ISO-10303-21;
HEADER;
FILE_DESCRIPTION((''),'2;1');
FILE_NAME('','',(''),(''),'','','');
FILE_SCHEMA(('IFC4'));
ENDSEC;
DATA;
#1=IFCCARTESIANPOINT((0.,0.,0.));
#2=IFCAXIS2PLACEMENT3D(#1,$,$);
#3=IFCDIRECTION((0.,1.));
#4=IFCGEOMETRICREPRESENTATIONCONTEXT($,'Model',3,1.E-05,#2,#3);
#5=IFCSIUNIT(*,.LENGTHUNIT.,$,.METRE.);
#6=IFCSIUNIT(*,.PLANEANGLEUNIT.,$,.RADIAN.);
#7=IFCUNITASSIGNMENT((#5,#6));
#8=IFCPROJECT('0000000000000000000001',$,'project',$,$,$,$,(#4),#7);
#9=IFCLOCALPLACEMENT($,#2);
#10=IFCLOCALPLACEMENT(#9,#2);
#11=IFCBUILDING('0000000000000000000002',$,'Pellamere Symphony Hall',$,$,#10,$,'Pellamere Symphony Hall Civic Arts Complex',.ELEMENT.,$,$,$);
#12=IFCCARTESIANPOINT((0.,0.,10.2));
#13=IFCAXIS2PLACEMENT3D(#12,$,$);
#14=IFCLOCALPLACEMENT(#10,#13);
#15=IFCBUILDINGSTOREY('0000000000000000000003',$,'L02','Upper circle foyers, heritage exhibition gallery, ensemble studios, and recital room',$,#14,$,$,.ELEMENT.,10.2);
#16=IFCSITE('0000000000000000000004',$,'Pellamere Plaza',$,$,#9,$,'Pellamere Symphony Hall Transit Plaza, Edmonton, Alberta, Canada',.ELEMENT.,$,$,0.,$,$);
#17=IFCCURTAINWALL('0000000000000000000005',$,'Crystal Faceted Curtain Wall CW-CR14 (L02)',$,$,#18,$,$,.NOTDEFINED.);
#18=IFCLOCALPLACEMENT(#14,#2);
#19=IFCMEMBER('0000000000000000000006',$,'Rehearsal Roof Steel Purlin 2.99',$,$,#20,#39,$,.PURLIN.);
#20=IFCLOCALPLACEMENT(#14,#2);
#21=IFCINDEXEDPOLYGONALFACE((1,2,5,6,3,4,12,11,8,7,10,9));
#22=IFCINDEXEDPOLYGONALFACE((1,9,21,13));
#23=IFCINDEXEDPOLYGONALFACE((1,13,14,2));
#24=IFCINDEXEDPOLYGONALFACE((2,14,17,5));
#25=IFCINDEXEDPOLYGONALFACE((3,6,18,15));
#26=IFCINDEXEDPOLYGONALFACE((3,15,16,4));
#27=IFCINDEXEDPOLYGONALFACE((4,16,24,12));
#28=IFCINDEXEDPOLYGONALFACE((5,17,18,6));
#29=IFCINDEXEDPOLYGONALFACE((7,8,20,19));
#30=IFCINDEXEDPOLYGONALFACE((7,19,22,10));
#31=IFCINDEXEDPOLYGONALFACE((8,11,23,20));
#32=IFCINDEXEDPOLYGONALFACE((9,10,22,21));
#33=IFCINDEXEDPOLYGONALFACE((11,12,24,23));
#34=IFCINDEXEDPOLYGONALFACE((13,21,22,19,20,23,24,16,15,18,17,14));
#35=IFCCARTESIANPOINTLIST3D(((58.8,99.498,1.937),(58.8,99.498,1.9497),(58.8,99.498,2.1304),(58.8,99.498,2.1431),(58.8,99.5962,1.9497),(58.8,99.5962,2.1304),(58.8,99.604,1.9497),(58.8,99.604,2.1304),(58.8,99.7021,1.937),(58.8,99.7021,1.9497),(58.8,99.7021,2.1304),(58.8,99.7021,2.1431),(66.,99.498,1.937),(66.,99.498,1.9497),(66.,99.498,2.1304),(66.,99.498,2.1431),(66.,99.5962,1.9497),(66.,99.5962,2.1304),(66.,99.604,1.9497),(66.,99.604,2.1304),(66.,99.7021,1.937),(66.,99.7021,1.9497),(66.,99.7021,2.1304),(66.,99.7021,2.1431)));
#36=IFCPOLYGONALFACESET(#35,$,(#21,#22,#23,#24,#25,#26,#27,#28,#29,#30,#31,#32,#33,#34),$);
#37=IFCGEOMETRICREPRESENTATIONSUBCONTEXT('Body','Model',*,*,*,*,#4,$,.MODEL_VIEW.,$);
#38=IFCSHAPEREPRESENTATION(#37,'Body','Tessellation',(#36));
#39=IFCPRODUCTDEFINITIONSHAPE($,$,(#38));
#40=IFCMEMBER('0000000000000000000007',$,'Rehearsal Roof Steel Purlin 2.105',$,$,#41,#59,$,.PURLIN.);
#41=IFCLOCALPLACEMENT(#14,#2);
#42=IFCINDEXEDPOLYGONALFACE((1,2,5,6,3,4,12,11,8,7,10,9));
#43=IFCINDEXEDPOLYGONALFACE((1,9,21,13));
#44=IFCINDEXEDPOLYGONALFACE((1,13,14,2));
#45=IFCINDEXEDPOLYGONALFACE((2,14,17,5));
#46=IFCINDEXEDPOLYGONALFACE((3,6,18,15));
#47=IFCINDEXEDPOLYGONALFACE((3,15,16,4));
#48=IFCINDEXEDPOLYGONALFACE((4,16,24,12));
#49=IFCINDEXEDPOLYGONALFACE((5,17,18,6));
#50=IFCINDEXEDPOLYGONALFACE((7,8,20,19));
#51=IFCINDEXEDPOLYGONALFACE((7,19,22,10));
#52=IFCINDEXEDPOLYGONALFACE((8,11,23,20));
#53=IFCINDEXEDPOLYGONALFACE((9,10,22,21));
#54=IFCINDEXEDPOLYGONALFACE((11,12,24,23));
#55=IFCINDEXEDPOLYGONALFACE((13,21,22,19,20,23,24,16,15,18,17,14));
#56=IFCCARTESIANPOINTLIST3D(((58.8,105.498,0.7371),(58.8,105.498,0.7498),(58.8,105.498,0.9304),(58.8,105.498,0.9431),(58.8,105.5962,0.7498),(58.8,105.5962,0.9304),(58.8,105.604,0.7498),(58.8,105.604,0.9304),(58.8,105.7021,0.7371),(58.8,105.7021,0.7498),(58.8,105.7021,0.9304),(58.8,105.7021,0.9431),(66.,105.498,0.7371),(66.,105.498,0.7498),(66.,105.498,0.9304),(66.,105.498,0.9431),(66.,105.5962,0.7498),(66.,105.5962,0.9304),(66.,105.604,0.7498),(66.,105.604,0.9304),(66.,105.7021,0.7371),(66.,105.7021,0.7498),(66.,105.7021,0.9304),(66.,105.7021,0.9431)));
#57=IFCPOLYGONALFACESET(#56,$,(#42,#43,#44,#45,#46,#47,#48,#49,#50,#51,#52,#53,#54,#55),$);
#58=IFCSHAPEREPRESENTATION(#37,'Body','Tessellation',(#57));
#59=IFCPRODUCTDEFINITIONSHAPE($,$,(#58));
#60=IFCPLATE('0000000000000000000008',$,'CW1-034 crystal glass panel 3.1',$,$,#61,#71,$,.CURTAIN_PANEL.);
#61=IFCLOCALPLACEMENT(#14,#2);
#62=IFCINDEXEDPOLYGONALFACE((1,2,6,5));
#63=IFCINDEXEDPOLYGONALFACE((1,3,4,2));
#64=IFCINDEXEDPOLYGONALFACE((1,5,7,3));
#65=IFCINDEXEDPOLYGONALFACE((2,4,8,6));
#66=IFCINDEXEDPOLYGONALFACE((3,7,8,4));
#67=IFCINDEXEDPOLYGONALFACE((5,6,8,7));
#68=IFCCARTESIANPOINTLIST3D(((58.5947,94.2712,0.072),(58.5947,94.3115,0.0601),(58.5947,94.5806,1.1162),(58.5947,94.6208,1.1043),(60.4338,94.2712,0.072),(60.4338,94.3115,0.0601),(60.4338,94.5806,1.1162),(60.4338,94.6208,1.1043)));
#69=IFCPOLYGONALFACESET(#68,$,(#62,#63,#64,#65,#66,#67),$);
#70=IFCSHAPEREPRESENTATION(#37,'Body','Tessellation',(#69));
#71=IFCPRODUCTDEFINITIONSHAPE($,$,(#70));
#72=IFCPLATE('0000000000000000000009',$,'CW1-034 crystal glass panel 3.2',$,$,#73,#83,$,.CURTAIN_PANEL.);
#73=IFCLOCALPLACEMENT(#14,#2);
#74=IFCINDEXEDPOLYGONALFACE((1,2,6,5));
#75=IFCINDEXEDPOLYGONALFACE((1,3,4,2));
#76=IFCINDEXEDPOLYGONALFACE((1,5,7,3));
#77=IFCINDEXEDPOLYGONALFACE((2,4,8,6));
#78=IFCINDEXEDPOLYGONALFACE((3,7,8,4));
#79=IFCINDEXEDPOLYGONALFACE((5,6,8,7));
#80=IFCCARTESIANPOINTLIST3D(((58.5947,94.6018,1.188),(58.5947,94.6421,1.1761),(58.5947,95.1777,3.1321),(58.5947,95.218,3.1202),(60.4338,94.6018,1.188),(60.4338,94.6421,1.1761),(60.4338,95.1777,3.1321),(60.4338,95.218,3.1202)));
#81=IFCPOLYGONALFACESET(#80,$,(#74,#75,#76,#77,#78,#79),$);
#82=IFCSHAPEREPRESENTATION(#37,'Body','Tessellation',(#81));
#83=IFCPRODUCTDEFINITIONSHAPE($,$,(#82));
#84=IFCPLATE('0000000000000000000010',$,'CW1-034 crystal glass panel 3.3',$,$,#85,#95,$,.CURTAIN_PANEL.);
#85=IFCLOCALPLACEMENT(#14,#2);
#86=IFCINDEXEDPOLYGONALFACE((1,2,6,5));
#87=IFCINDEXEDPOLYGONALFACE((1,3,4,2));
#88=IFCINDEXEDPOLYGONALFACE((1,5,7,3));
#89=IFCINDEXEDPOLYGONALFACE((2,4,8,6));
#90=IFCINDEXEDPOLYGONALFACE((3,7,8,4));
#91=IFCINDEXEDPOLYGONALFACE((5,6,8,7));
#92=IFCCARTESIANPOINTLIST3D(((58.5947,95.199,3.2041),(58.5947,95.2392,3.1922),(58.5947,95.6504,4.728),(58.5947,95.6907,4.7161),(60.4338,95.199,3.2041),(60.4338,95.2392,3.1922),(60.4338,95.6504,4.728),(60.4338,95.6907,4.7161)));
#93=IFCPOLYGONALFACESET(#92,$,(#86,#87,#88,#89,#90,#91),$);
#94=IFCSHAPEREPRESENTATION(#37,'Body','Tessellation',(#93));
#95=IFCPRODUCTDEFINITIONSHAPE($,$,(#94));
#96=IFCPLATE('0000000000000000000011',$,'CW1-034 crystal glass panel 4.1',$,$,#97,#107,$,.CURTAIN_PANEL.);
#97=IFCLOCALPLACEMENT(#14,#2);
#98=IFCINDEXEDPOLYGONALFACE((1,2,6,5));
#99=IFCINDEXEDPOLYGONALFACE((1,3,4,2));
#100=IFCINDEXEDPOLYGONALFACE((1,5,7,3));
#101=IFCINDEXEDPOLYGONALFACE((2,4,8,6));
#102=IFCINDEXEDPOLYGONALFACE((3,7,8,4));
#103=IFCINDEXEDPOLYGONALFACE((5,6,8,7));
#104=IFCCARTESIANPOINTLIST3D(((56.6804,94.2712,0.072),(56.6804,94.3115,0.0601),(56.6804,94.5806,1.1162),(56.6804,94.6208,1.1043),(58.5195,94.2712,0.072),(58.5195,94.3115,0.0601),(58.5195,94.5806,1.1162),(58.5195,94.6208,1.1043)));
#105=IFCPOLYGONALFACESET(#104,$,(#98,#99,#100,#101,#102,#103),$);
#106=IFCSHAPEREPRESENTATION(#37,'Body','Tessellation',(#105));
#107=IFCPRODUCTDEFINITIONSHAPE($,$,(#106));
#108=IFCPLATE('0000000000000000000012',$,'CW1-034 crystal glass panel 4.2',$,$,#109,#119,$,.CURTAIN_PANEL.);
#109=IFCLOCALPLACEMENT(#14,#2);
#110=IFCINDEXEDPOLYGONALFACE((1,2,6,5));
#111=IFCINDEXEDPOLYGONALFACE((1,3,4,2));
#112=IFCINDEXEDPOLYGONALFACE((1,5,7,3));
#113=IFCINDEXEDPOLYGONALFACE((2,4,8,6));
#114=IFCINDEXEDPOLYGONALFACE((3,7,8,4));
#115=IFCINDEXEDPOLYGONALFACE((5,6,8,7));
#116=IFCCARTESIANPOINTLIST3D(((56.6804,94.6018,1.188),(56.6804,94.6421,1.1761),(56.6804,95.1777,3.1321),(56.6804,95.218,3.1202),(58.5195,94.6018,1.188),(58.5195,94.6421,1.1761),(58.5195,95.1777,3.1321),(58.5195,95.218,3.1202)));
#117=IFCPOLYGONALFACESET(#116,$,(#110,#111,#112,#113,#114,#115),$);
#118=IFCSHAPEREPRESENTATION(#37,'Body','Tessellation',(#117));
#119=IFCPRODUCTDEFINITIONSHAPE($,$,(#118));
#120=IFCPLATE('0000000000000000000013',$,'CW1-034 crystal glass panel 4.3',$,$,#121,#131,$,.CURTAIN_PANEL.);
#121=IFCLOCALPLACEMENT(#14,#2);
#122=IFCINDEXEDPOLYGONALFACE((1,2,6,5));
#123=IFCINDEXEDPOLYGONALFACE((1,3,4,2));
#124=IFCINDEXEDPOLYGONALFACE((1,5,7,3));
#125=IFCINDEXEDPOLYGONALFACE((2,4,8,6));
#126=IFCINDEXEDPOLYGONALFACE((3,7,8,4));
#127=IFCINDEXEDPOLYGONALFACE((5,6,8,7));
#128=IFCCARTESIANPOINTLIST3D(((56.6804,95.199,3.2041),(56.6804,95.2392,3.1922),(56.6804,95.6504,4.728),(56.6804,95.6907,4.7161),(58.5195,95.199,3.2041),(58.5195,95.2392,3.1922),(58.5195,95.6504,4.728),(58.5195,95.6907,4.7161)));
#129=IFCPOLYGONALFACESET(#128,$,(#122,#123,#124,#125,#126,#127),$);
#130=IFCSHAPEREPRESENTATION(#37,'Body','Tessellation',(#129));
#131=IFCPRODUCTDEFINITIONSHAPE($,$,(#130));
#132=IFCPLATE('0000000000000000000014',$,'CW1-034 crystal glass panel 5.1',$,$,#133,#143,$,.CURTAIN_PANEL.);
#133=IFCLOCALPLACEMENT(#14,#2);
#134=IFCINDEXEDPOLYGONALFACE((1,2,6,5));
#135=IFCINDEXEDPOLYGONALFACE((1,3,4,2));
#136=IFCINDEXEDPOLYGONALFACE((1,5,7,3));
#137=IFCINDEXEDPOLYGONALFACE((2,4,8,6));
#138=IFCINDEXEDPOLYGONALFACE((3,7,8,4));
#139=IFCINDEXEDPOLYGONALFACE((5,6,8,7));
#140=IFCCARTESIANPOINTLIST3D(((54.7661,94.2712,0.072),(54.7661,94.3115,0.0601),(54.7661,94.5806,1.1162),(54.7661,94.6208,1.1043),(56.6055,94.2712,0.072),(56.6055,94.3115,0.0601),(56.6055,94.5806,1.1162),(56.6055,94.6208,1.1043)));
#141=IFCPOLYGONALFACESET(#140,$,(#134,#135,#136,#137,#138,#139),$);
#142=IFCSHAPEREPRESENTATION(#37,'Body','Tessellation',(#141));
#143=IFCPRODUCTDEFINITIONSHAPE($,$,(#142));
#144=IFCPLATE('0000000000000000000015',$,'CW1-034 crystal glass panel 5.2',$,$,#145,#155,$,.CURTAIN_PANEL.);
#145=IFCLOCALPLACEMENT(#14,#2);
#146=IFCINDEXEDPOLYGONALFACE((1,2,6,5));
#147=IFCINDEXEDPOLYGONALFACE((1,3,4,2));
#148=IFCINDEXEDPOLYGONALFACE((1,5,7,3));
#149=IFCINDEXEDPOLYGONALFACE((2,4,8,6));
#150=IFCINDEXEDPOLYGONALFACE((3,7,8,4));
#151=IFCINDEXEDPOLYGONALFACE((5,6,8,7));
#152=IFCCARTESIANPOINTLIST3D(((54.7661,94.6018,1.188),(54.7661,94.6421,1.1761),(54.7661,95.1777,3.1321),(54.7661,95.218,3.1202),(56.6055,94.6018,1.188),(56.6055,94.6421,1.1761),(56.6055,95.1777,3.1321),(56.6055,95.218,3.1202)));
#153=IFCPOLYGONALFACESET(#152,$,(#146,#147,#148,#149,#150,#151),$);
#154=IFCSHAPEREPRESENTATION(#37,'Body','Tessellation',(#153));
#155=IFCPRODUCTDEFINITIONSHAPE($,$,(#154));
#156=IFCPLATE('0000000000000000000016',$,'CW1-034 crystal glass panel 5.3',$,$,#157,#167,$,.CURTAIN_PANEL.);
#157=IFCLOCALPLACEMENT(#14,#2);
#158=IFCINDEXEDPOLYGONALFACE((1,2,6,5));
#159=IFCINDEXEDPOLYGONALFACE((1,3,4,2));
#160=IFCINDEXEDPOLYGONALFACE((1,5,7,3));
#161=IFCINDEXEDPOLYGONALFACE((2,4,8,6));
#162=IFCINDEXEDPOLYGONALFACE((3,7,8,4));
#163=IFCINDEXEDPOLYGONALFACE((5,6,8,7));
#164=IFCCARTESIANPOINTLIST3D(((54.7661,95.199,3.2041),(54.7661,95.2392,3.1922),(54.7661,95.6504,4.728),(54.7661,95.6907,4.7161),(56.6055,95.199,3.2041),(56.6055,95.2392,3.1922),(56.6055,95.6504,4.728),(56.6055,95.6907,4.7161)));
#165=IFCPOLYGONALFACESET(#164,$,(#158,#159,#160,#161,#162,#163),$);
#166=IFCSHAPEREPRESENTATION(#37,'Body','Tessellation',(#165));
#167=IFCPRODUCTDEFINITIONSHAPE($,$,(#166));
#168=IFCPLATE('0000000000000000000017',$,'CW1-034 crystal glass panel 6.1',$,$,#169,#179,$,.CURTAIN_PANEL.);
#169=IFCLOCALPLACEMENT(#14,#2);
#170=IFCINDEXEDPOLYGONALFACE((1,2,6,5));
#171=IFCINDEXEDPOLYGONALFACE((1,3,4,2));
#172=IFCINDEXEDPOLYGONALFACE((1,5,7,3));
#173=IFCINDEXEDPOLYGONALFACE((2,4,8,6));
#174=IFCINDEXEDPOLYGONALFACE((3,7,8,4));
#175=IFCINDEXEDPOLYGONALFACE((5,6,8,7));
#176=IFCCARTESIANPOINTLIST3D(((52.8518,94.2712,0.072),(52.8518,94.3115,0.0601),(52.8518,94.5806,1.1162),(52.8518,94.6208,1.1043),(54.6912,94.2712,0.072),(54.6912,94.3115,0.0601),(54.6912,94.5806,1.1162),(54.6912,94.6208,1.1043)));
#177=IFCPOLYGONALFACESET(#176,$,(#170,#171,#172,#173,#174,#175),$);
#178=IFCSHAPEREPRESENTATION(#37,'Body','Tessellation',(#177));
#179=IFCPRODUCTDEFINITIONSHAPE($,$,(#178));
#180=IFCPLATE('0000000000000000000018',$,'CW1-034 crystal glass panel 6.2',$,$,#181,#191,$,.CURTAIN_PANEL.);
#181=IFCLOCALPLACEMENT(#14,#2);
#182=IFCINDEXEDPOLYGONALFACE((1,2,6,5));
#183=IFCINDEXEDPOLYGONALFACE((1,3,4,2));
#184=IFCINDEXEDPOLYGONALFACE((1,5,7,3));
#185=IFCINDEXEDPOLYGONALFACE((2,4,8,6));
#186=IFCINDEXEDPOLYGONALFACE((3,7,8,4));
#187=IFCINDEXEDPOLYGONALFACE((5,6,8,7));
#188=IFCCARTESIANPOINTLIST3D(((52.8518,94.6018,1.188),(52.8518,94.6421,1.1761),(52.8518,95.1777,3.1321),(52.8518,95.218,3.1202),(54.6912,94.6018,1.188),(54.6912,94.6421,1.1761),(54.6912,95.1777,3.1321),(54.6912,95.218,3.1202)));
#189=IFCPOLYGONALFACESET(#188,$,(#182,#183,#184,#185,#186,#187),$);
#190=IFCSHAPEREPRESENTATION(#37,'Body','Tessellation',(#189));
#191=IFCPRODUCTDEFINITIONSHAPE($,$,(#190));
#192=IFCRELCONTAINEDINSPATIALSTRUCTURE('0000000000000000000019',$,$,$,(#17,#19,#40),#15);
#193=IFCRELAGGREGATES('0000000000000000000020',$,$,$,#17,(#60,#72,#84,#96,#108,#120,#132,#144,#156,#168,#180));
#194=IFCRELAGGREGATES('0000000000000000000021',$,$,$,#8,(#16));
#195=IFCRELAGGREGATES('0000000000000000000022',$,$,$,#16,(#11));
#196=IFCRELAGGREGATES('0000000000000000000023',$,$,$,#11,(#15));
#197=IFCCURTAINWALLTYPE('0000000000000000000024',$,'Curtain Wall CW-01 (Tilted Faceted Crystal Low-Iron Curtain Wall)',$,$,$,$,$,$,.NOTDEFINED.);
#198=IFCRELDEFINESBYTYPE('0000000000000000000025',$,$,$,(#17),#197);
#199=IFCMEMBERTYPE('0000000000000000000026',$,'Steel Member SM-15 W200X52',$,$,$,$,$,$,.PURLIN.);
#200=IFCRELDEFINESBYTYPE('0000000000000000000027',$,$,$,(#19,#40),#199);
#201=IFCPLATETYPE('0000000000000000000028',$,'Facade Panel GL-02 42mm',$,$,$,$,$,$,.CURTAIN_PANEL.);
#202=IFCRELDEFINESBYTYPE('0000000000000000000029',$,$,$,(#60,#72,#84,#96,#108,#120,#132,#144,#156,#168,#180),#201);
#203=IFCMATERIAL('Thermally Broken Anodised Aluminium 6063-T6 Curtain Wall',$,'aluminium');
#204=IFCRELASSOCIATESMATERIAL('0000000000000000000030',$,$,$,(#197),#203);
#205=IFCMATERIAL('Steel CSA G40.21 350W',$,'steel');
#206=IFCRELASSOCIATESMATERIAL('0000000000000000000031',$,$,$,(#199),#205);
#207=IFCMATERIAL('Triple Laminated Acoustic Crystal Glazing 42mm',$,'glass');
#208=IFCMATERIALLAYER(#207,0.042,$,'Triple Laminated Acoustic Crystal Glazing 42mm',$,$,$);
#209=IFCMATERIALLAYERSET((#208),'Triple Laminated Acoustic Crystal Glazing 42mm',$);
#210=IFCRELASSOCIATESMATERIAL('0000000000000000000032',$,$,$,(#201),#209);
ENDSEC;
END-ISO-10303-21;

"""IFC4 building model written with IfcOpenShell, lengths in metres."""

from ifc_helpers import new_model, si_unit, direction, frame, origin, origin_2d, place, context, subcontext, project, spatial, polyline, i_section, outline, extrude, material, layer, layer_set, material_profile, profile_set, type_object, element, aggregate, save


model = new_model("IFC4")

# Units and contexts
model_context = context("Model", 3, precision=1e-05, world=origin(), true_north=direction((0.0, 1.0)))
body_context = subcontext(model_context, "Body", "Model", "MODEL_VIEW")
ifc_project = project(units=[si_unit("LENGTHUNIT", "METRE"), si_unit("PLANEANGLEUNIT", "RADIAN")], contexts=[model_context])

# Site, building, storey
site_placement = place(None, origin())
site = spatial("IfcSite", under=ifc_project, at=site_placement, Name="Pellamere Plaza", LongName="Pellamere Symphony Hall Transit Plaza, Edmonton, Alberta, Canada", CompositionType="ELEMENT", RefElevation=0.0)
building_placement = place(site_placement, origin())
building = spatial("IfcBuilding", under=site, at=building_placement, Name="Pellamere Symphony Hall", LongName="Pellamere Symphony Hall Civic Arts Complex", CompositionType="ELEMENT")
storey_placement = place(building_placement, frame((0.0, 0.0, 10.2)))
storey = spatial("IfcBuildingStorey", under=building, at=storey_placement, Name="L02", Description="Upper circle foyers, heritage exhibition gallery, ensemble studios, and recital room", CompositionType="ELEMENT", Elevation=10.2)

# Curtain wall
ifc_material_1 = material(Name="Thermally Broken Anodised Aluminium 6063-T6 Curtain Wall", Category="aluminium")
curtain_wall_type = type_object("IfcCurtainWallType", Name="Curtain Wall CW-01 (Tilted Faceted Crystal Low-Iron Curtain Wall)", PredefinedType="NOTDEFINED", material=ifc_material_1)
curtain_wall_placement = place(storey_placement, origin())
curtain_wall = element("IfcCurtainWall", 1, at=curtain_wall_placement, inside=storey, type_object=curtain_wall_type, Name="Crystal Faceted Curtain Wall CW-CR14 (L02)", PredefinedType="NOTDEFINED")

# Members
ifc_material_2 = material(Name="Steel CSA G40.21 350W", Category="steel")
ifc_material_profile_1 = material_profile(ifc_material_2, i_section(OverallWidth=0.2041, OverallDepth=0.2061, WebThickness=0.0078, FlangeThickness=0.0127, at=origin_2d()), Name="W200X52")
ifc_profile_set_1 = profile_set([ifc_material_profile_1], Name="Steel CSA G40.21 350W")
member_type_1 = type_object("IfcMemberType", Name="Steel Member SM-15 W200X52", PredefinedType="PURLIN", material=ifc_profile_set_1)
for number, where, z_axis, x_axis, name in (
    (2, (58.8, 99.6001, 2.04), (1.0, 0.0, 0.0), (0.0, 1.0, 0.0), "Rehearsal Roof Steel Purlin 2.99"),
    (3, (58.8, 105.6001, 0.8401), (1.0, 0.0, 0.0), (0.0, 1.0, 0.0), "Rehearsal Roof Steel Purlin 2.105"),
):
    element("IfcMember", number, at=place(storey_placement, frame(where, z_axis=z_axis, x_axis=x_axis)), inside=storey, type_object=member_type_1, Name=name, PredefinedType="PURLIN", context=body_context, shape_type="SweptSolid", body=[
        extrude(i_section(OverallWidth=0.2041, OverallDepth=0.2061, WebThickness=0.0078, FlangeThickness=0.0127, at=origin_2d()), origin(), (0.0, 0.0, 1.0), 7.2),
    ])

# Plates
ifc_material_3 = material(Name="Triple Laminated Acoustic Crystal Glazing 42mm", Category="glass")
ifc_layer = layer(ifc_material_3, 0.042, Name="Triple Laminated Acoustic Crystal Glazing 42mm")
ifc_layer_set = layer_set([ifc_layer], Name="Triple Laminated Acoustic Crystal Glazing 42mm")
plate_type = type_object("IfcPlateType", Name="Facade Panel GL-02 42mm", PredefinedType="CURTAIN_PANEL", material=ifc_layer_set)
plate_1_placement = place(storey_placement, frame((60.4338, 94.2712, 0.072), z_axis=(0.0, -0.958814, 0.284035), x_axis=(-1.0, 0.0, 0.0)))
plate_1 = element("IfcPlate", 4, at=plate_1_placement, type_object=plate_type, Name="CW1-034 crystal glass panel 3.1", PredefinedType="CURTAIN_PANEL", context=body_context, shape_type="SweptSolid", body=[
    extrude(outline(polyline([(0.0, 0.0), (1.8391, 0.0), (1.8391, -1.089), (0.0, -1.089), (0.0, 0.0)])), origin(), (0.0, 0.0, -1.0), 0.042),
])
plate_2_placement = place(storey_placement, frame((60.4338, 94.6018, 1.188), z_axis=(0.0, -0.958811, 0.284043), x_axis=(-1.0, 0.0, 0.0)))
plate_2 = element("IfcPlate", 5, at=plate_2_placement, type_object=plate_type, Name="CW1-034 crystal glass panel 3.2", PredefinedType="CURTAIN_PANEL", context=body_context, shape_type="SweptSolid", body=[
    extrude(outline(polyline([(0.0, 0.0), (1.8391, 0.0), (1.8391, -2.0276), (0.0, -2.0276), (0.0, 0.0)])), origin(), (0.0, 0.0, -1.0), 0.042),
])
plate_3_placement = place(storey_placement, frame((60.4338, 95.199, 3.2041), z_axis=(0.0, -0.958818, 0.28402), x_axis=(-1.0, 0.0, 0.0)))
plate_3 = element("IfcPlate", 6, at=plate_3_placement, type_object=plate_type, Name="CW1-034 crystal glass panel 3.3", PredefinedType="CURTAIN_PANEL", context=body_context, shape_type="SweptSolid", body=[
    extrude(outline(polyline([(0.0, 0.0), (1.8391, 0.0), (1.8391, -1.5894), (0.0, -1.5894), (0.0, 0.0)])), origin(), (0.0, 0.0, -1.0), 0.042),
])
plate_4_placement = place(storey_placement, frame((58.5195, 94.2712, 0.072), z_axis=(0.0, -0.958814, 0.284035), x_axis=(-1.0, 0.0, 0.0)))
plate_4 = element("IfcPlate", 7, at=plate_4_placement, type_object=plate_type, Name="CW1-034 crystal glass panel 4.1", PredefinedType="CURTAIN_PANEL", context=body_context, shape_type="SweptSolid", body=[
    extrude(outline(polyline([(0.0, 0.0), (1.8391, 0.0), (1.8391, -1.089), (0.0, -1.089), (0.0, 0.0)])), origin(), (0.0, 0.0, -1.0), 0.042),
])
plate_5_placement = place(storey_placement, frame((58.5195, 94.6018, 1.188), z_axis=(0.0, -0.958811, 0.284043), x_axis=(-1.0, 0.0, 0.0)))
plate_5 = element("IfcPlate", 8, at=plate_5_placement, type_object=plate_type, Name="CW1-034 crystal glass panel 4.2", PredefinedType="CURTAIN_PANEL", context=body_context, shape_type="SweptSolid", body=[
    extrude(outline(polyline([(0.0, 0.0), (1.8391, 0.0), (1.8391, -2.0276), (0.0, -2.0276), (0.0, 0.0)])), origin(), (0.0, 0.0, -1.0), 0.042),
])
plate_6_placement = place(storey_placement, frame((58.5195, 95.199, 3.2041), z_axis=(0.0, -0.958818, 0.28402), x_axis=(-1.0, 0.0, 0.0)))
plate_6 = element("IfcPlate", 9, at=plate_6_placement, type_object=plate_type, Name="CW1-034 crystal glass panel 4.3", PredefinedType="CURTAIN_PANEL", context=body_context, shape_type="SweptSolid", body=[
    extrude(outline(polyline([(0.0, 0.0), (1.8391, 0.0), (1.8391, -1.5894), (0.0, -1.5894), (0.0, 0.0)])), origin(), (0.0, 0.0, -1.0), 0.042),
])
plate_7_placement = place(storey_placement, frame((56.6055, 94.2712, 0.072), z_axis=(0.0, -0.958814, 0.284035), x_axis=(-1.0, 0.0, 0.0)))
plate_7 = element("IfcPlate", 10, at=plate_7_placement, type_object=plate_type, Name="CW1-034 crystal glass panel 5.1", PredefinedType="CURTAIN_PANEL", context=body_context, shape_type="SweptSolid", body=[
    extrude(outline(polyline([(0.0, 0.0), (1.8394, 0.0), (1.8394, -1.089), (0.0, -1.089), (0.0, 0.0)])), origin(), (0.0, 0.0, -1.0), 0.042),
])
plate_8_placement = place(storey_placement, frame((56.6055, 94.6018, 1.188), z_axis=(0.0, -0.958811, 0.284043), x_axis=(-1.0, 0.0, 0.0)))
plate_8 = element("IfcPlate", 11, at=plate_8_placement, type_object=plate_type, Name="CW1-034 crystal glass panel 5.2", PredefinedType="CURTAIN_PANEL", context=body_context, shape_type="SweptSolid", body=[
    extrude(outline(polyline([(0.0, 0.0), (1.8394, 0.0), (1.8394, -2.0276), (0.0, -2.0276), (0.0, 0.0)])), origin(), (0.0, 0.0, -1.0), 0.042),
])
plate_9_placement = place(storey_placement, frame((56.6055, 95.199, 3.2041), z_axis=(0.0, -0.958818, 0.28402), x_axis=(-1.0, 0.0, 0.0)))
plate_9 = element("IfcPlate", 12, at=plate_9_placement, type_object=plate_type, Name="CW1-034 crystal glass panel 5.3", PredefinedType="CURTAIN_PANEL", context=body_context, shape_type="SweptSolid", body=[
    extrude(outline(polyline([(0.0, 0.0), (1.8394, 0.0), (1.8394, -1.5894), (0.0, -1.5894), (0.0, 0.0)])), origin(), (0.0, 0.0, -1.0), 0.042),
])
plate_10_placement = place(storey_placement, frame((54.6912, 94.2712, 0.072), z_axis=(0.0, -0.958814, 0.284035), x_axis=(-1.0, 0.0, 0.0)))
plate_10 = element("IfcPlate", 13, at=plate_10_placement, type_object=plate_type, Name="CW1-034 crystal glass panel 6.1", PredefinedType="CURTAIN_PANEL", context=body_context, shape_type="SweptSolid", body=[
    extrude(outline(polyline([(0.0, 0.0), (1.8394, 0.0), (1.8394, -1.089), (0.0, -1.089), (0.0, 0.0)])), origin(), (0.0, 0.0, -1.0), 0.042),
])
plate_11_placement = place(storey_placement, frame((54.6912, 94.6018, 1.188), z_axis=(0.0, -0.958811, 0.284043), x_axis=(-1.0, 0.0, 0.0)))
plate_11 = element("IfcPlate", 14, at=plate_11_placement, type_object=plate_type, Name="CW1-034 crystal glass panel 6.2", PredefinedType="CURTAIN_PANEL", context=body_context, shape_type="SweptSolid", body=[
    extrude(outline(polyline([(0.0, 0.0), (1.8394, 0.0), (1.8394, -2.0276), (0.0, -2.0276), (0.0, 0.0)])), origin(), (0.0, 0.0, -1.0), 0.042),
])
aggregate(curtain_wall, [plate_1, plate_2, plate_3, plate_4, plate_5, plate_6, plate_7, plate_8, plate_9, plate_10, plate_11])

save(model, "model.ifc")
